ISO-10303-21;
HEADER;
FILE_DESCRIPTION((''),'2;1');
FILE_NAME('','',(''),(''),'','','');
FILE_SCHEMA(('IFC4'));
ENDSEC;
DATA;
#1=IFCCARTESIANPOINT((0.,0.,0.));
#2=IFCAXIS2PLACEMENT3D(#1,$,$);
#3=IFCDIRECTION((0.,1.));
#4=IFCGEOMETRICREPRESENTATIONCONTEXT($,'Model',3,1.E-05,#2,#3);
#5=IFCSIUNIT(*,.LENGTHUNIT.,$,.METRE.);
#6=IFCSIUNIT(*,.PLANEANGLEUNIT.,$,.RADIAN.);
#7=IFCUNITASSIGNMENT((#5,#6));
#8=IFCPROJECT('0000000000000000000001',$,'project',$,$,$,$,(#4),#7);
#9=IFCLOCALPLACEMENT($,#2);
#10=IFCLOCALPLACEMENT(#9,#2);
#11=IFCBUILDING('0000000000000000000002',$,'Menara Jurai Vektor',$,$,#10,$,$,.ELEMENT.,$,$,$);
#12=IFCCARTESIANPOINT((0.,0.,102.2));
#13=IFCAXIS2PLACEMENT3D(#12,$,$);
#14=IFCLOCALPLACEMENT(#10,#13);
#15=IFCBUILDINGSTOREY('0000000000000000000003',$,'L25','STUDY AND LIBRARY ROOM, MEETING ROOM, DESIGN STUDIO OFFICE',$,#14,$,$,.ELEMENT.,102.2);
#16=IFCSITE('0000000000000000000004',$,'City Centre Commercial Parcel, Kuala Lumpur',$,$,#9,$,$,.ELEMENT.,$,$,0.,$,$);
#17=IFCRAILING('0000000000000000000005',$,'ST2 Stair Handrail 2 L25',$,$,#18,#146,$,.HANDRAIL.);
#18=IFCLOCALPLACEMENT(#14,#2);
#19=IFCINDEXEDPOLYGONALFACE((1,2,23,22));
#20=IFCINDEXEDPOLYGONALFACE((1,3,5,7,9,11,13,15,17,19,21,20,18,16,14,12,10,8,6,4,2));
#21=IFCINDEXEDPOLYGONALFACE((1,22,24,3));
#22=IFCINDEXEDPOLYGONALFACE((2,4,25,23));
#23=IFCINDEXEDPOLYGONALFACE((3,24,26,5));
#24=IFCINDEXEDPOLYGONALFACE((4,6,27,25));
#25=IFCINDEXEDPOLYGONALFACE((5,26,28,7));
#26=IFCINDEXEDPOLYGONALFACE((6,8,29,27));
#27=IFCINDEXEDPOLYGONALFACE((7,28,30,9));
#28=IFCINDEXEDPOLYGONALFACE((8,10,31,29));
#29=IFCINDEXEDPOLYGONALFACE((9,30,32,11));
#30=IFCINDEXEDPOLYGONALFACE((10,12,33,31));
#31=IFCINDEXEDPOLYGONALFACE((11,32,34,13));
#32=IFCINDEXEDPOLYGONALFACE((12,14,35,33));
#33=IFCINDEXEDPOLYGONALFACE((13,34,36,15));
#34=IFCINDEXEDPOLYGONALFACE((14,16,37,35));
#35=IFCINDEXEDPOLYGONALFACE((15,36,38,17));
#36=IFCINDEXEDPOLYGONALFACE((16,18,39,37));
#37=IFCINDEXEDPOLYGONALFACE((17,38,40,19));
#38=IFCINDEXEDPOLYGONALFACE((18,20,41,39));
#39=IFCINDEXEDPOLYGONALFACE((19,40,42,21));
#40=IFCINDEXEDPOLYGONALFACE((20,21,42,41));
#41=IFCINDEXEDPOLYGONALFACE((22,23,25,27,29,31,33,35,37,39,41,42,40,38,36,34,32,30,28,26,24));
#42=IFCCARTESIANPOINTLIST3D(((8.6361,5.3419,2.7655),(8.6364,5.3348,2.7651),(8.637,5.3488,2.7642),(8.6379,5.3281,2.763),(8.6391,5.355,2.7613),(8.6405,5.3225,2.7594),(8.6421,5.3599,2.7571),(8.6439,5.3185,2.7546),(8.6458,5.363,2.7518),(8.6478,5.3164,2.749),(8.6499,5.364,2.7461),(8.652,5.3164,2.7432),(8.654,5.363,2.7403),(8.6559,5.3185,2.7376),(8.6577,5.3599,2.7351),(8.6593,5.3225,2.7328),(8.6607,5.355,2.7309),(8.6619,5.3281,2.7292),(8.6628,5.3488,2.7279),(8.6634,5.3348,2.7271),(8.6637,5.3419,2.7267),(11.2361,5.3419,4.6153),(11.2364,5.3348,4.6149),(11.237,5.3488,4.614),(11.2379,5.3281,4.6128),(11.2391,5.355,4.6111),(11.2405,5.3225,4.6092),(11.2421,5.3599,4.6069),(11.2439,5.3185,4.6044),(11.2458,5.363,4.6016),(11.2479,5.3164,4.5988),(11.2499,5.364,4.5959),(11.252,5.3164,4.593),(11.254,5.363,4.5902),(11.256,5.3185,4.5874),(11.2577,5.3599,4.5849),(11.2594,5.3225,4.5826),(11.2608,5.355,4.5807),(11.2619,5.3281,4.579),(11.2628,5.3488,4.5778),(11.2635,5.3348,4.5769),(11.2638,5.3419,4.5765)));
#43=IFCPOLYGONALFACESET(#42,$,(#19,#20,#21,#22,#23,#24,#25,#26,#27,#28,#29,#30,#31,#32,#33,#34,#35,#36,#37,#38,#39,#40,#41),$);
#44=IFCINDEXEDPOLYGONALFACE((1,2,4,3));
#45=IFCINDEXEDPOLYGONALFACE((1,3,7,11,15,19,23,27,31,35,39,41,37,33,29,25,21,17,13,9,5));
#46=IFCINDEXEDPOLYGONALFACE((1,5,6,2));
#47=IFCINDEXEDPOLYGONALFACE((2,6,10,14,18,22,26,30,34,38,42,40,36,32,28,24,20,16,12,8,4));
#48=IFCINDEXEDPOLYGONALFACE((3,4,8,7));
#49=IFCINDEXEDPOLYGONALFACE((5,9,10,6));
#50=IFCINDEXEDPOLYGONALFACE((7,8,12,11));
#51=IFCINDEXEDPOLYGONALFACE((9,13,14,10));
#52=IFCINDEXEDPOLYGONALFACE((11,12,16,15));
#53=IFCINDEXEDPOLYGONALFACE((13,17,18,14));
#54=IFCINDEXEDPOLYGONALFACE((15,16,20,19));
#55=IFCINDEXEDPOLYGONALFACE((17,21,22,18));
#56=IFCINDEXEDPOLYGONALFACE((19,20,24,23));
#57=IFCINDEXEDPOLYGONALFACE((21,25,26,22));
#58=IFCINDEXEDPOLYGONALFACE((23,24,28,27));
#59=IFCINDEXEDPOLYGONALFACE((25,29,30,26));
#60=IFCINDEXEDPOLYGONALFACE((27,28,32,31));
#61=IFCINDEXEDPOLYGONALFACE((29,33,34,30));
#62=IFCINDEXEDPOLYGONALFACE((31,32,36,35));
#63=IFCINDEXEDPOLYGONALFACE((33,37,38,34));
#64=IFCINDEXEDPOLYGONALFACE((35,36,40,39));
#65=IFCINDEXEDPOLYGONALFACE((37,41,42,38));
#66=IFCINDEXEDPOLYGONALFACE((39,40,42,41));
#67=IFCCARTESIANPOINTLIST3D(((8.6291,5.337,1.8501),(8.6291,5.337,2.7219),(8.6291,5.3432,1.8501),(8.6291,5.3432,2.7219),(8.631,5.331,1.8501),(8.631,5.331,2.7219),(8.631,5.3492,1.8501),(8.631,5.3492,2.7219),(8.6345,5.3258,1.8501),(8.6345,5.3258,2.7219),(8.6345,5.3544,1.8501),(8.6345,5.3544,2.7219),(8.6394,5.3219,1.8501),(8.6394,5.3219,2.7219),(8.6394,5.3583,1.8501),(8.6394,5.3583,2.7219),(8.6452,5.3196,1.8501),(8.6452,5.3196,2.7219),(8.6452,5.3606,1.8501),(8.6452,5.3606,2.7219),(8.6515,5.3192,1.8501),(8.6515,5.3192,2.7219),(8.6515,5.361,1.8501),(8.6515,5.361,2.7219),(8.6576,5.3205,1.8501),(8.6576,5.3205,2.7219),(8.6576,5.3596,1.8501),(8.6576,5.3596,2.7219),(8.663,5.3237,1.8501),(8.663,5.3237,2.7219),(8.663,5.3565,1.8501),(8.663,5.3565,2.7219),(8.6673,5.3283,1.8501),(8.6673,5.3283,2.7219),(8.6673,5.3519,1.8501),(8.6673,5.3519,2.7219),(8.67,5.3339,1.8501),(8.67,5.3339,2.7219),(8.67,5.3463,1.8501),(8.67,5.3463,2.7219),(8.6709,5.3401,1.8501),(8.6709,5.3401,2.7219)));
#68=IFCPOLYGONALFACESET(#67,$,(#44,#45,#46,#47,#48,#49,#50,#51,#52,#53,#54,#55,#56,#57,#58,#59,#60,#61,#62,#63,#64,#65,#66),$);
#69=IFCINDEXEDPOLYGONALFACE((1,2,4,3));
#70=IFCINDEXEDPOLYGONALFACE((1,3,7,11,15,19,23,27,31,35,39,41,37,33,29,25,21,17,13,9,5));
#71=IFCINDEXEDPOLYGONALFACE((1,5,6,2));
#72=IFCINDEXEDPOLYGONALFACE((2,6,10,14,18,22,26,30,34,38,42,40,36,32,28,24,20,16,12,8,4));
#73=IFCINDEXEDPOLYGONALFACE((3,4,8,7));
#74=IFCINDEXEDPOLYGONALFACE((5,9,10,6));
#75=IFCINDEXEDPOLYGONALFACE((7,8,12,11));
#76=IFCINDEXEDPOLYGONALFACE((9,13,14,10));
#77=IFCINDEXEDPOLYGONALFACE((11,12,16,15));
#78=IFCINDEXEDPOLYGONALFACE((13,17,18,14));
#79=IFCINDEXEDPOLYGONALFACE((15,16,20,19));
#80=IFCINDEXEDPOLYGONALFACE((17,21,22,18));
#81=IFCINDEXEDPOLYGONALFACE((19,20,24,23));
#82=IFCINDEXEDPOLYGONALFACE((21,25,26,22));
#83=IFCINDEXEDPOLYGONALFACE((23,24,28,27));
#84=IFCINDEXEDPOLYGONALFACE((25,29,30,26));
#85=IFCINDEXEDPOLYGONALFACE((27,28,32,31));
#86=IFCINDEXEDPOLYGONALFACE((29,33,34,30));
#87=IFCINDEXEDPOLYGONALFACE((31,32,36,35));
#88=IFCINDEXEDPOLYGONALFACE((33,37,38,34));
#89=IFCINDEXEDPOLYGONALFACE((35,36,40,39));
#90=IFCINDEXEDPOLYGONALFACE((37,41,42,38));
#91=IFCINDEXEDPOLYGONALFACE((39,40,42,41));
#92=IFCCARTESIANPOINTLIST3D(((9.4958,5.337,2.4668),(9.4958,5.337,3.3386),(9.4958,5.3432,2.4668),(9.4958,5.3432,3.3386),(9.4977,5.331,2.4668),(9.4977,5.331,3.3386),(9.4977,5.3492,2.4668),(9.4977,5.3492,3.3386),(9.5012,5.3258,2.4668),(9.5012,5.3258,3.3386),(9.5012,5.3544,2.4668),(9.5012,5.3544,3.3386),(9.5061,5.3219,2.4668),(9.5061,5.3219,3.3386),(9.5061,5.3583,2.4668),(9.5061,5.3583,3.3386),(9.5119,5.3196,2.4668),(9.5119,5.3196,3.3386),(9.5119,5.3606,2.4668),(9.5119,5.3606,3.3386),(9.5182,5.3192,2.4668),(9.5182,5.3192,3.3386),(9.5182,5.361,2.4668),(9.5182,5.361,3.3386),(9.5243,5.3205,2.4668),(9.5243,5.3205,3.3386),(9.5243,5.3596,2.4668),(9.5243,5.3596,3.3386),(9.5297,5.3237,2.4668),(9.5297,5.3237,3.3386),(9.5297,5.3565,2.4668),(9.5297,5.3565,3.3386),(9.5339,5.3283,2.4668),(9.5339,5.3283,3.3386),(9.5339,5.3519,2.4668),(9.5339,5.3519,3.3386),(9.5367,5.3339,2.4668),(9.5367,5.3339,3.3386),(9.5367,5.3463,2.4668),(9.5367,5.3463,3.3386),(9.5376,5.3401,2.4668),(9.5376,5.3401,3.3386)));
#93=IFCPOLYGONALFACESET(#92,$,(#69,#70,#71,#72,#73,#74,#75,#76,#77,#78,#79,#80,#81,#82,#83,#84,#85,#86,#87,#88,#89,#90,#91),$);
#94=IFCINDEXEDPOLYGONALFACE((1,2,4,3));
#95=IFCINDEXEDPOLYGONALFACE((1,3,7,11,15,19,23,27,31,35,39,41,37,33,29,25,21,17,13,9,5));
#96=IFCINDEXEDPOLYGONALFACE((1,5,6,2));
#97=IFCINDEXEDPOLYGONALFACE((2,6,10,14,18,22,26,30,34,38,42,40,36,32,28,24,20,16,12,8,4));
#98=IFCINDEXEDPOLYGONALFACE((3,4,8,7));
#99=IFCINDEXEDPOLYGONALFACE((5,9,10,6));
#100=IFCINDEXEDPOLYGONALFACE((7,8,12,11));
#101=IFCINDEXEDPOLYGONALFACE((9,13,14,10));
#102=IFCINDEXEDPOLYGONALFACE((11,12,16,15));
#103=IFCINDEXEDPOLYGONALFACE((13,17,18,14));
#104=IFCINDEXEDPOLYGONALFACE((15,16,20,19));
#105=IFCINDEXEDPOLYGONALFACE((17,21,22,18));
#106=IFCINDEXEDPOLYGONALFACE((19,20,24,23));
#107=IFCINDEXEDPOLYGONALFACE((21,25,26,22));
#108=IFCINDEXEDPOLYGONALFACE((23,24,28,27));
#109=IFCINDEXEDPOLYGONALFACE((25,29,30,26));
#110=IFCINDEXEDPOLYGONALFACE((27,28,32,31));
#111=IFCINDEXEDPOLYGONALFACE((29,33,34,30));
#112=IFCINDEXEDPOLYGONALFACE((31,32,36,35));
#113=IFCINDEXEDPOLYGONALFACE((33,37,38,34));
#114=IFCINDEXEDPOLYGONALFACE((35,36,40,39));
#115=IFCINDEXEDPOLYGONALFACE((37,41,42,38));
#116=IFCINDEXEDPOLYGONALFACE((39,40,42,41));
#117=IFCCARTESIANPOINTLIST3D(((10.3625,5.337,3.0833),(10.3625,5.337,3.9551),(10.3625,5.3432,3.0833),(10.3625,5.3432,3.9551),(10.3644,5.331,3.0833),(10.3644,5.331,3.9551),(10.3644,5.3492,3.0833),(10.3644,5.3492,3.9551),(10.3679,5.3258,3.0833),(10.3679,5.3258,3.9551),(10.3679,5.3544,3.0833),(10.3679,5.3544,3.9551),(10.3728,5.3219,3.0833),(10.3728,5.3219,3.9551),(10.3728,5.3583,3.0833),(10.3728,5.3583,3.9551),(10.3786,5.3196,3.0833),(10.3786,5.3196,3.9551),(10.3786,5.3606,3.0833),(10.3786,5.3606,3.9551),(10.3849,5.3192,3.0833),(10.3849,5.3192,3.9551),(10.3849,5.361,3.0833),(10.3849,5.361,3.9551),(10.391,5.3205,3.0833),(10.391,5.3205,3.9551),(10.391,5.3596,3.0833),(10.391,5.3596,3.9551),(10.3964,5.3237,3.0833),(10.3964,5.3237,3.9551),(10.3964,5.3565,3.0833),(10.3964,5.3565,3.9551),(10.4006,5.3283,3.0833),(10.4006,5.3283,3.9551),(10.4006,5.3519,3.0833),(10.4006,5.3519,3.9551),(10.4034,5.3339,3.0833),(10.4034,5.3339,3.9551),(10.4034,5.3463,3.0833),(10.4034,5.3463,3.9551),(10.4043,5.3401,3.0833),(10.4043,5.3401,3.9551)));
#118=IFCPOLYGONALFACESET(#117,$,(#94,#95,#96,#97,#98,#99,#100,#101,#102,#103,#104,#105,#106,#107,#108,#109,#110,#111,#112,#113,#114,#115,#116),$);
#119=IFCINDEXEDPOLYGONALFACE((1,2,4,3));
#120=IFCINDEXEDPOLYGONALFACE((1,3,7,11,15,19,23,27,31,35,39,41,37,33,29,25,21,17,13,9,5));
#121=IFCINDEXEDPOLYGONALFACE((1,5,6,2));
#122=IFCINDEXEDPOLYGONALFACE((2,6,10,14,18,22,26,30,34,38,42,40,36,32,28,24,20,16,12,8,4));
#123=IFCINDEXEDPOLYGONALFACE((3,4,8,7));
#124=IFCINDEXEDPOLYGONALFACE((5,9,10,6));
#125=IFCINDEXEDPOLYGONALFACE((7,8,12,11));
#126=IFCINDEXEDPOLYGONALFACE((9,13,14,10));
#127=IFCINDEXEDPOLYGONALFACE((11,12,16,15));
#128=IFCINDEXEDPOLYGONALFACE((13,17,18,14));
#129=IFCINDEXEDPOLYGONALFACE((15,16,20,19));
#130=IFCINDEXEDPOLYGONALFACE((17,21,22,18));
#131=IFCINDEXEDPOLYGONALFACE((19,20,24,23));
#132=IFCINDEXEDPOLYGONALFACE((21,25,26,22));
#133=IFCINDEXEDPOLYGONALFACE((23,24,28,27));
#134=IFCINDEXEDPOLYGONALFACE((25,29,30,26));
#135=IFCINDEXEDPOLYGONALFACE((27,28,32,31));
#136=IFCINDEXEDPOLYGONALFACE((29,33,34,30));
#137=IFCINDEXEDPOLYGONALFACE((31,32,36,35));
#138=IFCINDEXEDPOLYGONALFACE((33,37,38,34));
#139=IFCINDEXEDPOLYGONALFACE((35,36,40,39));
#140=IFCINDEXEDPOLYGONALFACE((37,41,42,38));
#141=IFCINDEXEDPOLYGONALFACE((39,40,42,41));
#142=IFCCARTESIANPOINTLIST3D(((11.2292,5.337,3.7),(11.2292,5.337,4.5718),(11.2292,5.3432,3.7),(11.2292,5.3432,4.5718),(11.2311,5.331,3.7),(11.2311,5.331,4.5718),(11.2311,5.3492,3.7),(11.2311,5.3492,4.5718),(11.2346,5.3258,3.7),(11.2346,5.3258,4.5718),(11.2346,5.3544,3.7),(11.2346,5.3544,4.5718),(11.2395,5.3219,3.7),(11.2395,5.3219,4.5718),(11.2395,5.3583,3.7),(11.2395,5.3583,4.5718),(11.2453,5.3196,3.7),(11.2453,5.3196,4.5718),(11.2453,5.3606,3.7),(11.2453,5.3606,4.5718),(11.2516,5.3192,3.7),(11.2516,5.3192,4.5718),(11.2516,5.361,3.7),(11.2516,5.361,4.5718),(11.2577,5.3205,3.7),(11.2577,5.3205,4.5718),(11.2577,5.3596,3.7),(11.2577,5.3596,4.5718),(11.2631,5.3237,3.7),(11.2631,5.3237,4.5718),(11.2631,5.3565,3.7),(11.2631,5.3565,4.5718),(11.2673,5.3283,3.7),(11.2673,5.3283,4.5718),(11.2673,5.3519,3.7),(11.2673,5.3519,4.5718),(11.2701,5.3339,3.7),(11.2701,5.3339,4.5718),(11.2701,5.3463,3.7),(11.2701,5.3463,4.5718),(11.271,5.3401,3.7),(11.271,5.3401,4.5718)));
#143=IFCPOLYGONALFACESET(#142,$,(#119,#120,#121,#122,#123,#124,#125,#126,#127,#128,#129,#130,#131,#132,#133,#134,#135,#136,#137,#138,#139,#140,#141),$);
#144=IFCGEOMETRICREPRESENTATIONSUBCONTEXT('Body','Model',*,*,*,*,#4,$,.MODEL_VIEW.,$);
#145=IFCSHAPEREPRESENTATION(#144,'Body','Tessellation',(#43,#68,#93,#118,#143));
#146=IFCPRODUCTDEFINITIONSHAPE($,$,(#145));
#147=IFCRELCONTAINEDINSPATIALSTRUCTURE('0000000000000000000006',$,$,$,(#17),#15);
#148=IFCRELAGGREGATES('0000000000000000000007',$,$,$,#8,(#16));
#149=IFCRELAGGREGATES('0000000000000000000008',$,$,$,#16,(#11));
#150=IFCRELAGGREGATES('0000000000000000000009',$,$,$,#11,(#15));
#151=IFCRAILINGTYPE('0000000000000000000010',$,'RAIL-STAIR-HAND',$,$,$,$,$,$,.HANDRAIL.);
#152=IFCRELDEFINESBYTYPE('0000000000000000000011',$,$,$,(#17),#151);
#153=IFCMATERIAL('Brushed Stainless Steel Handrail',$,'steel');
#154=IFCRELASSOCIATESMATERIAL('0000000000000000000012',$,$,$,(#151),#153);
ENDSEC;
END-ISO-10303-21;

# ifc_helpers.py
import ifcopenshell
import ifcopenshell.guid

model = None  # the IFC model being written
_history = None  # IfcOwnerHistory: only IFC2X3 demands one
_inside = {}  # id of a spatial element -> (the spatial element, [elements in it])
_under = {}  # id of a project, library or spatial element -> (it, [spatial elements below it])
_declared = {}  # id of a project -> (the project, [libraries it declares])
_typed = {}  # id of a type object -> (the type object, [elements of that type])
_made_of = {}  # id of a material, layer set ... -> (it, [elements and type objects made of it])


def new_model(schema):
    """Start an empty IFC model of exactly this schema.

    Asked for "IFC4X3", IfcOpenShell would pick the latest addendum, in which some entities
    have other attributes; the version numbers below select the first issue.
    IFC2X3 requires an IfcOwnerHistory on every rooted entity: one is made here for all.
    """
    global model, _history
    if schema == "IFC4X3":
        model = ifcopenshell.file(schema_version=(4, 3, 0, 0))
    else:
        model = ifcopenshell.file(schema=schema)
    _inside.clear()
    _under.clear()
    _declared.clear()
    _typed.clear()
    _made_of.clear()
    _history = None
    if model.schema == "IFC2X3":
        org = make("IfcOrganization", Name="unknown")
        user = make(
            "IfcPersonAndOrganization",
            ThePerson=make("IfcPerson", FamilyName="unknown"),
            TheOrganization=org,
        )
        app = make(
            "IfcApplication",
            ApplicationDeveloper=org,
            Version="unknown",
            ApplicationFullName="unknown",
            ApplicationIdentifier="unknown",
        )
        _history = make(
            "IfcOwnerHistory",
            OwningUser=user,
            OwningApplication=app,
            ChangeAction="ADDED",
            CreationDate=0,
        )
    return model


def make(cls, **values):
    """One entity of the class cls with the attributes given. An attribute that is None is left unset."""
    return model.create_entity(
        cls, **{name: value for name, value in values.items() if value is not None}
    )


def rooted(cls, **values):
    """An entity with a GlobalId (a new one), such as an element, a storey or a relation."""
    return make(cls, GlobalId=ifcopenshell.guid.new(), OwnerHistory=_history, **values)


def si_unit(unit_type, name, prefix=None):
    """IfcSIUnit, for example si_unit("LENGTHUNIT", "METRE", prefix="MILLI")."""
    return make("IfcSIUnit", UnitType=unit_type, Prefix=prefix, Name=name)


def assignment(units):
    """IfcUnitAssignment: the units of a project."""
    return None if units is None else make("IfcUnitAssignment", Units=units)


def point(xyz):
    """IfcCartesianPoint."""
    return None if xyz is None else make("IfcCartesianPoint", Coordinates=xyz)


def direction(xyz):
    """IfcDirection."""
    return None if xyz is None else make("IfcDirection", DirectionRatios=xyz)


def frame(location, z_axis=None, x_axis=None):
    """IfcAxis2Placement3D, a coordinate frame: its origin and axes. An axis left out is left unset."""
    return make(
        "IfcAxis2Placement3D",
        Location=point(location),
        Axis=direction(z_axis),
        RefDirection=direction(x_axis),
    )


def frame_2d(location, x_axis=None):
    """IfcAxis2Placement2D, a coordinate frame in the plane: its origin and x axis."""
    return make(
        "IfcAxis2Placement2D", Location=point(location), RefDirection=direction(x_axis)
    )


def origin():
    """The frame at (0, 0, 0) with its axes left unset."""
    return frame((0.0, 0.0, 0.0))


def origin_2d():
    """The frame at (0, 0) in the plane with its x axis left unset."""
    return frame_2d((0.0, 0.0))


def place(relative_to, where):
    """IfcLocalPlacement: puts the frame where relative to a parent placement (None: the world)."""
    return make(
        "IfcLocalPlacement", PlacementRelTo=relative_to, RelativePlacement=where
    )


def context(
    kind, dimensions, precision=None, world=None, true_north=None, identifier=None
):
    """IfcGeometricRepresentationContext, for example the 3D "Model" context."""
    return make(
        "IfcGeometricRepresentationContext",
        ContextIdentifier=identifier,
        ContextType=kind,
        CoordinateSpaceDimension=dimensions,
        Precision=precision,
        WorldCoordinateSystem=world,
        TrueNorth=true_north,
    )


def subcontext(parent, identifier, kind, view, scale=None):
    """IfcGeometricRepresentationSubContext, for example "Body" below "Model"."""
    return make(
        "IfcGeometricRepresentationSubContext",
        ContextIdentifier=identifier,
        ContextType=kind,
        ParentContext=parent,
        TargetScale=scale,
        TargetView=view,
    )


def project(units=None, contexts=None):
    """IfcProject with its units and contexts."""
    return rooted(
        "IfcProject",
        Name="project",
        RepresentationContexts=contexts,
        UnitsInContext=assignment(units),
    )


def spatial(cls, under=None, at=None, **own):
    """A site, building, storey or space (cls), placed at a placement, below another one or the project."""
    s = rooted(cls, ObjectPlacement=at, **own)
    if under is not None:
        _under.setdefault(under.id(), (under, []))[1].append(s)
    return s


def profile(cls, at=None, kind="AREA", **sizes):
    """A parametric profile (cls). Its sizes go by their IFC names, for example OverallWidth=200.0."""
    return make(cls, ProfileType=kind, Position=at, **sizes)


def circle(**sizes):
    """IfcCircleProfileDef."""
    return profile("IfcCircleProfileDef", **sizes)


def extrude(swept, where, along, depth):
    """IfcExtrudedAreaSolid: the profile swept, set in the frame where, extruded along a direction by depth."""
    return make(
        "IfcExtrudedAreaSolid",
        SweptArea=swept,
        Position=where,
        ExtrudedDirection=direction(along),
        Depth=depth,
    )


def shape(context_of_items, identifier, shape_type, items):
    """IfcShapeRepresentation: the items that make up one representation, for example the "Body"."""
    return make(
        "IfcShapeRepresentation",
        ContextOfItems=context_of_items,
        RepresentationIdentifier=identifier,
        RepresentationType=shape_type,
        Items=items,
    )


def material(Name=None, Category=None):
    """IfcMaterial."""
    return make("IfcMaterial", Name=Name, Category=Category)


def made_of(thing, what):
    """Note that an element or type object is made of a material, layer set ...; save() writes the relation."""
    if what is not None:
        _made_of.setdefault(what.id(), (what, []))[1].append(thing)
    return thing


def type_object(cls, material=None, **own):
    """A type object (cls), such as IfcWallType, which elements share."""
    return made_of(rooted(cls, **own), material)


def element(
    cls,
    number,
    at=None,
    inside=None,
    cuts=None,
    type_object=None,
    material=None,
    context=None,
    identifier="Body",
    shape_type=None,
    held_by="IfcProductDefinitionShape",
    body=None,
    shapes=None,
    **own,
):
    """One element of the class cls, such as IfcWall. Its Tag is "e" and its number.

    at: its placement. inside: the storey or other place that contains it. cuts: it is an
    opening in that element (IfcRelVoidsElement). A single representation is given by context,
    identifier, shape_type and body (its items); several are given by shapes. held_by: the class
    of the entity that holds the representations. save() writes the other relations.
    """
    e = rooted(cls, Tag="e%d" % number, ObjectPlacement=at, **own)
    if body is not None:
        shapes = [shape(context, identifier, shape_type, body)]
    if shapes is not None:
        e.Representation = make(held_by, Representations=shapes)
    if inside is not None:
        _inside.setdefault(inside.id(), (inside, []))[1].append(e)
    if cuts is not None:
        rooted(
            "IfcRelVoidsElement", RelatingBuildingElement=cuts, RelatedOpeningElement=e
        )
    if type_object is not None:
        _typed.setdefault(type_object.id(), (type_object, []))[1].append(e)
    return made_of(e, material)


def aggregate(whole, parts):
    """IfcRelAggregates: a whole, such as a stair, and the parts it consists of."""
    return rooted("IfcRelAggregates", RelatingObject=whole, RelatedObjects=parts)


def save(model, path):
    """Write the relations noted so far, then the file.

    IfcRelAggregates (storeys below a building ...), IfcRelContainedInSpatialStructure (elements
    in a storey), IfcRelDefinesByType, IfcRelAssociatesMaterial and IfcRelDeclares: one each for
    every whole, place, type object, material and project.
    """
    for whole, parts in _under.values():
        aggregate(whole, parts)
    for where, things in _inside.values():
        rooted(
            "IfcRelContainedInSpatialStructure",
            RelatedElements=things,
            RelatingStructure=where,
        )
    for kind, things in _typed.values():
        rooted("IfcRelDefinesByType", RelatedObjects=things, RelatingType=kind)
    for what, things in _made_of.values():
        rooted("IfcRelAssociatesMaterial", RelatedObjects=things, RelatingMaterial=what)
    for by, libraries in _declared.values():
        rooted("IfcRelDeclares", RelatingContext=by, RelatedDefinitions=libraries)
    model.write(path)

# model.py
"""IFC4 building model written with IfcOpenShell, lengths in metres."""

from ifc_helpers import new_model, si_unit, direction, frame, origin, origin_2d, place, context, subcontext, project, spatial, circle, extrude, material, type_object, element, save


model = new_model("IFC4")

# Units and contexts
model_context = context("Model", 3, precision=1e-05, world=origin(), true_north=direction((0.0, 1.0)))
body_context = subcontext(model_context, "Body", "Model", "MODEL_VIEW")
ifc_project = project(units=[si_unit("LENGTHUNIT", "METRE"), si_unit("PLANEANGLEUNIT", "RADIAN")], contexts=[model_context])

# Site, building, storey
site_placement = place(None, origin())
site = spatial("IfcSite", under=ifc_project, at=site_placement, Name="City Centre Commercial Parcel, Kuala Lumpur", CompositionType="ELEMENT", RefElevation=0.0)
building_placement = place(site_placement, origin())
building = spatial("IfcBuilding", under=site, at=building_placement, Name="Menara Jurai Vektor", CompositionType="ELEMENT")
storey_placement = place(building_placement, frame((0.0, 0.0, 102.2)))
storey = spatial("IfcBuildingStorey", under=building, at=storey_placement, Name="L25", Description="STUDY AND LIBRARY ROOM, MEETING ROOM, DESIGN STUDIO OFFICE", CompositionType="ELEMENT", Elevation=102.2)

# Railing
ifc_material_1 = material(Name="Brushed Stainless Steel Handrail", Category="steel")
railing_type_1 = type_object("IfcRailingType", Name="RAIL-STAIR-HAND", PredefinedType="HANDRAIL", material=ifc_material_1)
railing_1_placement = place(storey_placement, frame((8.6499, 5.3401, 1.8501)))
element("IfcRailing", 1, at=railing_1_placement, inside=storey, type_object=railing_type_1, Name="ST2 Stair Handrail 2 L25", PredefinedType="HANDRAIL", context=body_context, shape_type="SweptSolid", body=[
    extrude(circle(Radius=0.0239, at=origin_2d()), frame((0.0, 0.0, 0.896), z_axis=(0.814823, 0.0, 0.57971), x_axis=(0.0, 1.0, 0.0)), (0.0, 0.0, 1.0), 3.1909),
    extrude(circle(Radius=0.021, at=origin_2d()), origin(), (0.0, 0.0, 1.0), 0.8718),
    extrude(circle(Radius=0.021, at=origin_2d()), frame((0.8667, 0.0, 0.6167)), (0.0, 0.0, 1.0), 0.8718),
    extrude(circle(Radius=0.021, at=origin_2d()), frame((1.7334, 0.0, 1.2332)), (0.0, 0.0, 1.0), 0.8718),
    extrude(circle(Radius=0.021, at=origin_2d()), frame((2.6001, 0.0, 1.8499)), (0.0, 0.0, 1.0), 0.8718),
])

save(model, "model.ifc")
